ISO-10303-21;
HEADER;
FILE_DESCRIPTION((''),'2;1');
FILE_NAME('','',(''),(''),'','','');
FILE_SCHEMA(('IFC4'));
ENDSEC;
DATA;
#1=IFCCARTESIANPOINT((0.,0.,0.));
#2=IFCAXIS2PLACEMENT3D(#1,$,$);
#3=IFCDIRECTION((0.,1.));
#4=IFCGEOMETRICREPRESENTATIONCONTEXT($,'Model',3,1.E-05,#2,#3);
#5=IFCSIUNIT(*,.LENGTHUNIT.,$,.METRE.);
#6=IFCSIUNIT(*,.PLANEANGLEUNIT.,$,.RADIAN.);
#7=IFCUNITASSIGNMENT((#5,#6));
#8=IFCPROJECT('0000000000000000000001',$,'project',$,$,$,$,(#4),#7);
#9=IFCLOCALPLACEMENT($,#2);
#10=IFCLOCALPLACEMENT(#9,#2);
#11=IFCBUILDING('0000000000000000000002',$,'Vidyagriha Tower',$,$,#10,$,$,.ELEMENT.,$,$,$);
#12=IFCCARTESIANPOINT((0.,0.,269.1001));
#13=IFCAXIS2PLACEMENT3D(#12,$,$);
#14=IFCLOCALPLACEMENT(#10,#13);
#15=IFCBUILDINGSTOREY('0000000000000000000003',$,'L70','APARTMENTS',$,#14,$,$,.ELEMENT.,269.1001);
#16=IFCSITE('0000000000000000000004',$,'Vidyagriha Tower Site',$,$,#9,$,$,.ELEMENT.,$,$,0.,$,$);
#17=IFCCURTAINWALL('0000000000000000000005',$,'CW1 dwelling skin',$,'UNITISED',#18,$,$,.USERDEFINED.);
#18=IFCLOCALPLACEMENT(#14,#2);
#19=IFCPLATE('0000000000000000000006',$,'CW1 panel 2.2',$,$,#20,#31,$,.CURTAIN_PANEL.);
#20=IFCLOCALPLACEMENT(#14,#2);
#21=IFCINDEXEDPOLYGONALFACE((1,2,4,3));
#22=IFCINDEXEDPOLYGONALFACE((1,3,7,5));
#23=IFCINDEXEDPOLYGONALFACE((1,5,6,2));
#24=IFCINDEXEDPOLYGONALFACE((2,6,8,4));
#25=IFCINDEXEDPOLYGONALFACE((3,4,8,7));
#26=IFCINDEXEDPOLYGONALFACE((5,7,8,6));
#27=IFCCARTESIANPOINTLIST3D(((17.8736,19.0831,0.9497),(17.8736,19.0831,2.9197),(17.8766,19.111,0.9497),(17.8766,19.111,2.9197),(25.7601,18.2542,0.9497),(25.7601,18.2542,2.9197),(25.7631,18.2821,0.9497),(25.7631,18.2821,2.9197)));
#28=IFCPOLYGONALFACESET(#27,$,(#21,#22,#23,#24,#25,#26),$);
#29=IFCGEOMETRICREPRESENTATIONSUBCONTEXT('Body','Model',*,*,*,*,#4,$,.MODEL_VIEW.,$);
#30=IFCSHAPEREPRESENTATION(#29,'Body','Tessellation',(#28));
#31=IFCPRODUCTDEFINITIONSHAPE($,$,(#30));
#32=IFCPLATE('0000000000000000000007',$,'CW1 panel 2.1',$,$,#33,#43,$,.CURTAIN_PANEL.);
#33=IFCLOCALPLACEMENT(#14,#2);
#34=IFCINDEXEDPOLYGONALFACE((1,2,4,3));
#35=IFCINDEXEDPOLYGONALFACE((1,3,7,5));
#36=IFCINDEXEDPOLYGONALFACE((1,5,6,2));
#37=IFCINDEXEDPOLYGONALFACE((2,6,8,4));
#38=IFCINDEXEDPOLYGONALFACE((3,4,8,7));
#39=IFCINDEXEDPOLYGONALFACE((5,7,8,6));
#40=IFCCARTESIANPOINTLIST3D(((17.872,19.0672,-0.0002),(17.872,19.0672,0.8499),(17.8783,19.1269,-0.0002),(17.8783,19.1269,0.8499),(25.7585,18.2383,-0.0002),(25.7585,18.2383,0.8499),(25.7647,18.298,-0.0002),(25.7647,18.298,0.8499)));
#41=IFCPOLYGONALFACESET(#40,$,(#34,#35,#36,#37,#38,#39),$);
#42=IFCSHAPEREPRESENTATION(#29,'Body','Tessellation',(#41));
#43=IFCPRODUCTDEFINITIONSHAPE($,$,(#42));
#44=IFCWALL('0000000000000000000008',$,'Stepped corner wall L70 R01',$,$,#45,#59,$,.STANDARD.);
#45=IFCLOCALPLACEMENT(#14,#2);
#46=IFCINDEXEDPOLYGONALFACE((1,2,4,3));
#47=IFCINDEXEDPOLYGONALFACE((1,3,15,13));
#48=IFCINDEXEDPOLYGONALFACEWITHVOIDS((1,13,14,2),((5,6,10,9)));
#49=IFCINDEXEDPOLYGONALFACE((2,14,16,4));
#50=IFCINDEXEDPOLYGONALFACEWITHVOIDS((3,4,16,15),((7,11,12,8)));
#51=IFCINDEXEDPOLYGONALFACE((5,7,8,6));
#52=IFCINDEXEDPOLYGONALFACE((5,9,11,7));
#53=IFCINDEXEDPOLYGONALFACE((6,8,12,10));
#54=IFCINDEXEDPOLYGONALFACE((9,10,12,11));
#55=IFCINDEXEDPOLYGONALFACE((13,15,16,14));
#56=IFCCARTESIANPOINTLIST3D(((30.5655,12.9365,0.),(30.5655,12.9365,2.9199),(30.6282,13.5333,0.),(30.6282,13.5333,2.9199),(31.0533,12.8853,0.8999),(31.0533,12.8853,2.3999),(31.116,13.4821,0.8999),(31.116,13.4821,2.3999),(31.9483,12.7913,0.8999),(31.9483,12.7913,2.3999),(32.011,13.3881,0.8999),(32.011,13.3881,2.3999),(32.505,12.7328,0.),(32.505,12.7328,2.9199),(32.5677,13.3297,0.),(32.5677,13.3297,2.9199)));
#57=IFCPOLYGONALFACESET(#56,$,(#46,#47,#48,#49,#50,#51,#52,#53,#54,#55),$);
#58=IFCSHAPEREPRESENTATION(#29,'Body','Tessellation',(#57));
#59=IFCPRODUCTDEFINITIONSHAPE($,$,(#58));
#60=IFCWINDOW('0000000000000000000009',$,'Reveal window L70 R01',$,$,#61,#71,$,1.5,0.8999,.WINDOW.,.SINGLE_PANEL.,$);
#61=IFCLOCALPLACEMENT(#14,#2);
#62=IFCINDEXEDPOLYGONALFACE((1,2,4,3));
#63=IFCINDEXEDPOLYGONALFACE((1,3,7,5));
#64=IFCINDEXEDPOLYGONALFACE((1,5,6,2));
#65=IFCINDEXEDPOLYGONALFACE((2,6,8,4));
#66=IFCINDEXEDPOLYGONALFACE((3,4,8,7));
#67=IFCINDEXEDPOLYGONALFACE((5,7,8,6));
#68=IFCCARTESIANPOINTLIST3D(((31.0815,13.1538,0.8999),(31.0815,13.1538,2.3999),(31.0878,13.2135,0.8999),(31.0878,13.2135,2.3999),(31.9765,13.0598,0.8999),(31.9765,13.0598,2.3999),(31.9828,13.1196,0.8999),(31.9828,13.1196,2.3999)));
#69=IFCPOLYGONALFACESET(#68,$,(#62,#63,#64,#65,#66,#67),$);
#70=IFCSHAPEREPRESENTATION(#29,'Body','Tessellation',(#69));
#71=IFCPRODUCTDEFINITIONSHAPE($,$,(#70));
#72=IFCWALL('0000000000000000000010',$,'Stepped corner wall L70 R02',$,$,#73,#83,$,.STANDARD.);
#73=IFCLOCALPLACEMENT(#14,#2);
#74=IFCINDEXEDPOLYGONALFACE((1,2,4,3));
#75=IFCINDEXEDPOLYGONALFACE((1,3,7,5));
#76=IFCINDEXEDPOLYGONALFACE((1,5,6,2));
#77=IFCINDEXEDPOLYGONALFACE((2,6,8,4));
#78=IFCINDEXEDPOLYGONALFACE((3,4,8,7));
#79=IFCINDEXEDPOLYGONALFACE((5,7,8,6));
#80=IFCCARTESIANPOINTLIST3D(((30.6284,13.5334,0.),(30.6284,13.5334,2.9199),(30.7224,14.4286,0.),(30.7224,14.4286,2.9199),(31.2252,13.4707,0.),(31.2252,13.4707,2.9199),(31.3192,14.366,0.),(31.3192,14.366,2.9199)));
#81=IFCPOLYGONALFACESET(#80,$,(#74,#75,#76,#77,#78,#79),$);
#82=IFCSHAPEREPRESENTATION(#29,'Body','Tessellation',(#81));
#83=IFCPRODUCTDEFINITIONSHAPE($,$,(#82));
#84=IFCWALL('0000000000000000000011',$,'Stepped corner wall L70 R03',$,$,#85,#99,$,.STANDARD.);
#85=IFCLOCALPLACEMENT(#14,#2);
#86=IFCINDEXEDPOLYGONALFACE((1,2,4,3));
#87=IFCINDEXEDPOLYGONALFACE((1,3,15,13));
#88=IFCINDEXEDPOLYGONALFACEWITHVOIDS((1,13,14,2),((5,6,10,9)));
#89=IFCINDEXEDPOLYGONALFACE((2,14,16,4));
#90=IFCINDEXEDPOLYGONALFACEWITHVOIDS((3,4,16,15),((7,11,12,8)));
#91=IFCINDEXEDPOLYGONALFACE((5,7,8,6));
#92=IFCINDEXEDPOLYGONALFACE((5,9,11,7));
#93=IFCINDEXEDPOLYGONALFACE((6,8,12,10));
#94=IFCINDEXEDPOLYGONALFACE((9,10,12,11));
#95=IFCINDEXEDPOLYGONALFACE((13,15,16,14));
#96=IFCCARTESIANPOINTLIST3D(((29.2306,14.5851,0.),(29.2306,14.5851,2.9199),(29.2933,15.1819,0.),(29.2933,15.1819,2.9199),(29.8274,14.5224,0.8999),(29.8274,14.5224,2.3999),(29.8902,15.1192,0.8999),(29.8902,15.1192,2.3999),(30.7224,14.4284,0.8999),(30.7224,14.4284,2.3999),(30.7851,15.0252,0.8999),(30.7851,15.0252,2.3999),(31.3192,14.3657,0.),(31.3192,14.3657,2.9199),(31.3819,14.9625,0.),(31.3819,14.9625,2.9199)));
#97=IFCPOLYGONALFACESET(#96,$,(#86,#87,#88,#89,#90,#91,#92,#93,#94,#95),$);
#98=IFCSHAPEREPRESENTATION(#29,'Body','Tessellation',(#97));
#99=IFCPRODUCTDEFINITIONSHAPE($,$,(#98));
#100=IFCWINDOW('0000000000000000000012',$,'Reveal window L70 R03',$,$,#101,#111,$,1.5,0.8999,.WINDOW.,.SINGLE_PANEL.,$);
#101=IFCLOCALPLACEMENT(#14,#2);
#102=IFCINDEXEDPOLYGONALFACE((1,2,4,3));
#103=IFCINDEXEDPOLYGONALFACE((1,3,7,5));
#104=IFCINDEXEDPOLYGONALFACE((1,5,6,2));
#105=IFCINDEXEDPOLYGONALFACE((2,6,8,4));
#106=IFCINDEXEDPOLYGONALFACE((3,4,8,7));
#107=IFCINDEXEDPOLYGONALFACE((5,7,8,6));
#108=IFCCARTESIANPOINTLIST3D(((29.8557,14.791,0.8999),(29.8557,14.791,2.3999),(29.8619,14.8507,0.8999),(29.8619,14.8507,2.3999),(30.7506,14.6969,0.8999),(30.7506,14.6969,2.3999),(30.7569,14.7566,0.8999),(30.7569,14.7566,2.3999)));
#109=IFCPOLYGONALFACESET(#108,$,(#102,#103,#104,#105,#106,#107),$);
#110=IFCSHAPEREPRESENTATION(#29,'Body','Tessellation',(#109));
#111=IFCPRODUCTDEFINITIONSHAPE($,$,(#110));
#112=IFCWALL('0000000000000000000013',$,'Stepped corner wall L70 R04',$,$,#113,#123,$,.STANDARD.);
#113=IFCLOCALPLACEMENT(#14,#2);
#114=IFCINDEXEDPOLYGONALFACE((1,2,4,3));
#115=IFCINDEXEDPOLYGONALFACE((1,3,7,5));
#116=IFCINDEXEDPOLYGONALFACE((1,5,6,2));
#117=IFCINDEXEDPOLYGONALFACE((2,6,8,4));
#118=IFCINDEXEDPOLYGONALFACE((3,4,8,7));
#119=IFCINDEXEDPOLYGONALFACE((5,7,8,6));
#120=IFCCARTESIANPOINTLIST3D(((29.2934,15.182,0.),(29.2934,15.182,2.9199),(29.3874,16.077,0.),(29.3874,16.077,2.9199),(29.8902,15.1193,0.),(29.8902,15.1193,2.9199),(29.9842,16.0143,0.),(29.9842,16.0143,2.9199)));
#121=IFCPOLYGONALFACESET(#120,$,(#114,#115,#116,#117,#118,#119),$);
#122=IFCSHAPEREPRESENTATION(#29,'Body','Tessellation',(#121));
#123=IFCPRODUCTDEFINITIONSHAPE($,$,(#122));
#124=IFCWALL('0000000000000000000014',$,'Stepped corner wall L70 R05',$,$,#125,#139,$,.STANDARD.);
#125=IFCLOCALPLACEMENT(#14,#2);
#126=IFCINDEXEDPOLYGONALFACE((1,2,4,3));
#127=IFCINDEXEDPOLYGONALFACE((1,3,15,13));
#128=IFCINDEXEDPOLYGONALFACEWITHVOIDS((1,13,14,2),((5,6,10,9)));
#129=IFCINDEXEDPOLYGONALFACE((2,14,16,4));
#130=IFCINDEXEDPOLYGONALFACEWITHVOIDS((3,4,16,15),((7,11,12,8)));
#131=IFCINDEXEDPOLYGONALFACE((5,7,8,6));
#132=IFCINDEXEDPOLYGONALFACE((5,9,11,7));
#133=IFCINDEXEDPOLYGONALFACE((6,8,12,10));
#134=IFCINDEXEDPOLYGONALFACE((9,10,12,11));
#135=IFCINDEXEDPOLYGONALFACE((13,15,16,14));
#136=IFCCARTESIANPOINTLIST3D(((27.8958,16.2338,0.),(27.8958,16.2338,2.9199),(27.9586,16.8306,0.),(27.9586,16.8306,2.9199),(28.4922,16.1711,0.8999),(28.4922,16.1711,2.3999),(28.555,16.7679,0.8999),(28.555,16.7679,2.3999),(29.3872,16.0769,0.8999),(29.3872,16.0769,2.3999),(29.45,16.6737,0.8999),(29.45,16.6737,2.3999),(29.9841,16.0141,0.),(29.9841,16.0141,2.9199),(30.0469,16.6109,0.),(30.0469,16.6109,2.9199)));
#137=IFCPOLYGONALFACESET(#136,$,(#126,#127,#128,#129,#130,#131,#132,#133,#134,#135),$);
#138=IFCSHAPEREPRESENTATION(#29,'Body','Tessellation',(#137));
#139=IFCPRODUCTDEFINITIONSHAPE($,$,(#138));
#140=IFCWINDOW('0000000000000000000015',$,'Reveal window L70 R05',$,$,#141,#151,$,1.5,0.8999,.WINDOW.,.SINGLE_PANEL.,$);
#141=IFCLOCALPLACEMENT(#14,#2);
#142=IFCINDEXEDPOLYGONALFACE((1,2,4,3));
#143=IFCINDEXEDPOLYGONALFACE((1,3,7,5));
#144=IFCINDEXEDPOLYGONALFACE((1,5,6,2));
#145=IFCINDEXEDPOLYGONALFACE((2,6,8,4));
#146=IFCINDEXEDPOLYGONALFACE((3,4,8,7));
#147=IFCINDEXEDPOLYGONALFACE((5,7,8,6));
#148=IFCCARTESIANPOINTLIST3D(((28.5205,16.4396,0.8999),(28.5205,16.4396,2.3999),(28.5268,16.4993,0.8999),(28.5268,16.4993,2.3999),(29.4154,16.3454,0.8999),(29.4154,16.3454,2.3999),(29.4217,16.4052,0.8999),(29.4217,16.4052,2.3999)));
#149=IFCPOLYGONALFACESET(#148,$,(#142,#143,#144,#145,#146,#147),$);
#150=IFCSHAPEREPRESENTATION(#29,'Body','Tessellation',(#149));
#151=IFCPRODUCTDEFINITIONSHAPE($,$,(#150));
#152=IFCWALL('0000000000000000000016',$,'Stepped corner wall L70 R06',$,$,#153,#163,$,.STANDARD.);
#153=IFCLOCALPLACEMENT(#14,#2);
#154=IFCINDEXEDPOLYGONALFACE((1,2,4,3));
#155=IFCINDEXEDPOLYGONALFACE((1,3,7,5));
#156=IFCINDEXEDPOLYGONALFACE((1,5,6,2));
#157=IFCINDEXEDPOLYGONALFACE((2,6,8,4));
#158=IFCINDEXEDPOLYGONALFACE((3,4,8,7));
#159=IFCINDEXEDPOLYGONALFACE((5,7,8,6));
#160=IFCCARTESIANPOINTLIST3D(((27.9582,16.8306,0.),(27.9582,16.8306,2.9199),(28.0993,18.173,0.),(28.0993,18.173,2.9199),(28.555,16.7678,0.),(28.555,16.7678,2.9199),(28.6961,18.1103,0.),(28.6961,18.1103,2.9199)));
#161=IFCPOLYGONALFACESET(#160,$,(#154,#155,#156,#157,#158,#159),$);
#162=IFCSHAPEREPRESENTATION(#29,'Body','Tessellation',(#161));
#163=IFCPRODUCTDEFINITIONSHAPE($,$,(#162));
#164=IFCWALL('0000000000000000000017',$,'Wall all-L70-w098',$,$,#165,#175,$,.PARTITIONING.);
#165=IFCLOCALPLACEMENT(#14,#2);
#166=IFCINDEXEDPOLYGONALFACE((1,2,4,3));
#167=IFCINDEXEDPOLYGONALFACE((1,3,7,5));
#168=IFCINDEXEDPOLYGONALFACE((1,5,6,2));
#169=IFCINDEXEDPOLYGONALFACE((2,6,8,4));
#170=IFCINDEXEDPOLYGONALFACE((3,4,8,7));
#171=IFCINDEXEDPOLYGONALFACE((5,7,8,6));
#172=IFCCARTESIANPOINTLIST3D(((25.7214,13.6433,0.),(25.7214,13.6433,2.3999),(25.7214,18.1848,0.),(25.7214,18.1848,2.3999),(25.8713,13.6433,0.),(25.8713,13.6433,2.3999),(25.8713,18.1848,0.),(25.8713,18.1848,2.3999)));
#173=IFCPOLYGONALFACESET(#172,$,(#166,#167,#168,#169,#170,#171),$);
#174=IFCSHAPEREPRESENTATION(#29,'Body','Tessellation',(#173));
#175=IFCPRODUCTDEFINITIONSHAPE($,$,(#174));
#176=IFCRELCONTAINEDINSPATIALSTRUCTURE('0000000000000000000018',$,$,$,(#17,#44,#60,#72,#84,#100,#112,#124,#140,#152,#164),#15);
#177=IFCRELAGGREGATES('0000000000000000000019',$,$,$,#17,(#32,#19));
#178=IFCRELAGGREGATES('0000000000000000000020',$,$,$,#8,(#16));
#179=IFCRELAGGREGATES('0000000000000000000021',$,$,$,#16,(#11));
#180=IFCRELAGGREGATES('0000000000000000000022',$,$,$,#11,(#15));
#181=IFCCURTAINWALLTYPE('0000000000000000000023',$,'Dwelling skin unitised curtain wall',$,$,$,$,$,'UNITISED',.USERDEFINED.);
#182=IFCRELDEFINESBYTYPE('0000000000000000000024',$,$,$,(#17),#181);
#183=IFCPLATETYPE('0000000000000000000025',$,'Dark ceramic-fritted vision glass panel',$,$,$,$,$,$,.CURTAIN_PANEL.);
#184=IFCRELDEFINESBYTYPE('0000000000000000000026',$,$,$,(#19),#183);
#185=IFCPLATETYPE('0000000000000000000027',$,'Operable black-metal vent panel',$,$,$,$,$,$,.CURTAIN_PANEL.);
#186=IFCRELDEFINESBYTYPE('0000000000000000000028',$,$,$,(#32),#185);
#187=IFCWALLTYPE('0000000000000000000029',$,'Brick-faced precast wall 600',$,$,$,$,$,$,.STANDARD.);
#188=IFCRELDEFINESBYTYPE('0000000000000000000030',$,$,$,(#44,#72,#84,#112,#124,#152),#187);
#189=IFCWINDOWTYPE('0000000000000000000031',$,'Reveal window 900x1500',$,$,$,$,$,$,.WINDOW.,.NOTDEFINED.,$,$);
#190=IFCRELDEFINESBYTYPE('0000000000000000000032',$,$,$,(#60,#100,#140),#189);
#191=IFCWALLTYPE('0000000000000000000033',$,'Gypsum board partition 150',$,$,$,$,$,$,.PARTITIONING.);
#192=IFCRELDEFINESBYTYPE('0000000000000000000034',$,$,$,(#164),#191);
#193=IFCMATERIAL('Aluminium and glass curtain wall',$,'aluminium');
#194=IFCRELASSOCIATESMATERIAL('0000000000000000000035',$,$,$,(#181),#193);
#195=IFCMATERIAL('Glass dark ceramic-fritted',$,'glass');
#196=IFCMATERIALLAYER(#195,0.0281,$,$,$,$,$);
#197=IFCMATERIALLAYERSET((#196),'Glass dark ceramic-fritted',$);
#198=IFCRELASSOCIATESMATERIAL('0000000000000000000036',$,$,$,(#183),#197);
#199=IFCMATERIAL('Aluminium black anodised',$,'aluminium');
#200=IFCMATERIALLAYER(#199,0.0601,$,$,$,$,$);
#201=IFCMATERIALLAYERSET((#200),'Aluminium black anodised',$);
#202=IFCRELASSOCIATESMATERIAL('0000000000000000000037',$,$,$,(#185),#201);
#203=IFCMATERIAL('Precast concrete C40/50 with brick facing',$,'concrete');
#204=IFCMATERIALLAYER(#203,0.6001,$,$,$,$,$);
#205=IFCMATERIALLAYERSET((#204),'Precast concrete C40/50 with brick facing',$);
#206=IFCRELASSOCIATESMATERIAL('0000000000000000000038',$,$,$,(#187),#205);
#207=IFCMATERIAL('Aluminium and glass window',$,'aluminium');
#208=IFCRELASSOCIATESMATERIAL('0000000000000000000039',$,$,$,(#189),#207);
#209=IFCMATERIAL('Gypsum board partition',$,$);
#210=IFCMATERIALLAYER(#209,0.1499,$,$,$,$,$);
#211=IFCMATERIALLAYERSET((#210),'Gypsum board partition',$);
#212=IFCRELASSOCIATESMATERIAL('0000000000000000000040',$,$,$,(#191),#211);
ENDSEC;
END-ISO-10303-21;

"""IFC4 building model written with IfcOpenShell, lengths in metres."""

from ifc_helpers import new_model, si_unit, direction, frame, frame_2d, origin, origin_2d, place, context, subcontext, project, spatial, rectangle, extrude, material, layer, layer_set, type_object, element, fill, aggregate, save


model = new_model("IFC4")

# Units and contexts
model_context = context("Model", 3, precision=1e-05, world=origin(), true_north=direction((0.0, 1.0)))
body_context = subcontext(model_context, "Body", "Model", "MODEL_VIEW")
ifc_project = project(units=[si_unit("LENGTHUNIT", "METRE"), si_unit("PLANEANGLEUNIT", "RADIAN")], contexts=[model_context])

# Site, building, storey
site_placement = place(None, origin())
site = spatial("IfcSite", under=ifc_project, at=site_placement, Name="Vidyagriha Tower Site", CompositionType="ELEMENT", RefElevation=0.0)
building_placement = place(site_placement, origin())
building = spatial("IfcBuilding", under=site, at=building_placement, Name="Vidyagriha Tower", CompositionType="ELEMENT")
storey_placement = place(building_placement, frame((0.0, 0.0, 269.1001)))
storey = spatial("IfcBuildingStorey", under=building, at=storey_placement, Name="L70", Description="APARTMENTS", CompositionType="ELEMENT", Elevation=269.1001)

# Curtain wall
ifc_material_1 = material(Name="Aluminium and glass curtain wall", Category="aluminium")
curtain_wall_type = type_object("IfcCurtainWallType", Name="Dwelling skin unitised curtain wall", ElementType="UNITISED", PredefinedType="USERDEFINED", material=ifc_material_1)
curtain_wall_1_placement = place(storey_placement, origin())
curtain_wall_1 = element("IfcCurtainWall", 1, at=curtain_wall_1_placement, inside=storey, type_object=curtain_wall_type, Name="CW1 dwelling skin", ObjectType="UNITISED", PredefinedType="USERDEFINED")

# Plates
ifc_material_2 = material(Name="Glass dark ceramic-fritted", Category="glass")
ifc_layer_1 = layer(ifc_material_2, 0.0281)
ifc_layer_set_1 = layer_set([ifc_layer_1], Name="Glass dark ceramic-fritted")
plate_type_1 = type_object("IfcPlateType", Name="Dark ceramic-fritted vision glass panel", PredefinedType="CURTAIN_PANEL", material=ifc_layer_set_1)
plate_1_placement = place(storey_placement, frame((21.8184, 18.6826, 0.9497), z_axis=(0.0, 0.0, 1.0), x_axis=(-0.994522, 0.104529, 0.0)))
plate_1 = element("IfcPlate", 2, at=plate_1_placement, type_object=plate_type_1, Name="CW1 panel 2.2", PredefinedType="CURTAIN_PANEL", context=body_context, shape_type="SweptSolid", body=[
    extrude(rectangle(XDim=7.9299, YDim=0.0281, at=origin_2d()), origin(), (0.0, 0.0, 1.0), 1.97),
])
ifc_material_3 = material(Name="Aluminium black anodised", Category="aluminium")
ifc_layer_2 = layer(ifc_material_3, 0.0601)
ifc_layer_set_2 = layer_set([ifc_layer_2], Name="Aluminium black anodised")
plate_type_2 = type_object("IfcPlateType", Name="Operable black-metal vent panel", PredefinedType="CURTAIN_PANEL", material=ifc_layer_set_2)
plate_2_placement = place(storey_placement, frame((21.8184, 18.6826, -0.0002), z_axis=(0.0, 0.0, 1.0), x_axis=(-0.994522, 0.104529, 0.0)))
plate_2 = element("IfcPlate", 3, at=plate_2_placement, type_object=plate_type_2, Name="CW1 panel 2.1", PredefinedType="CURTAIN_PANEL", context=body_context, shape_type="SweptSolid", body=[
    extrude(rectangle(XDim=7.9299, YDim=0.0601, at=origin_2d()), origin(), (0.0, 0.0, 1.0), 0.8501),
])
aggregate(curtain_wall_1, [plate_2, plate_1])

# Wall, opening, window
ifc_material_4 = material(Name="Precast concrete C40/50 with brick facing", Category="concrete")
ifc_layer_3 = layer(ifc_material_4, 0.6001)
ifc_layer_set_3 = layer_set([ifc_layer_3], Name="Precast concrete C40/50 with brick facing")
wall_type_1 = type_object("IfcWallType", Name="Brick-faced precast wall 600", PredefinedType="STANDARD", material=ifc_layer_set_3)
wall_1_placement = place(storey_placement, frame((32.5364, 13.0312, 0.0), z_axis=(0.0, 0.0, 1.0), x_axis=(-0.994534, 0.104411, 0.0)))
wall_1 = element("IfcWall", 4, at=wall_1_placement, inside=storey, type_object=wall_type_1, Name="Stepped corner wall L70 R01", PredefinedType="STANDARD", context=body_context, shape_type="SweptSolid", body=[
    extrude(rectangle(XDim=1.9502, YDim=0.6001, at=frame_2d((0.9751, 0.0))), origin(), (0.0, 0.0, 1.0), 2.9199),
])
opening_1_placement = place(wall_1_placement, frame((0.5598, 0.0, 0.8999)))
opening_1 = element("IfcOpeningElement", 5, at=opening_1_placement, cuts=wall_1, PredefinedType="OPENING", context=body_context, shape_type="SweptSolid", body=[
    extrude(rectangle(XDim=0.8999, YDim=1.5, at=frame_2d((0.45, 0.75))), frame((0.0, 0.3101, 0.0), z_axis=(0.0, -1.0, 0.0), x_axis=(1.0, 0.0, 0.0)), (0.0, 0.0, 1.0), 0.6201),
])
ifc_material_5 = material(Name="Aluminium and glass window", Category="aluminium")
window_type = type_object("IfcWindowType", Name="Reveal window 900x1500", PartitioningType="NOTDEFINED", PredefinedType="WINDOW", material=ifc_material_5)
window_1_placement = place(opening_1_placement, origin())
window_1 = element("IfcWindow", 6, at=window_1_placement, inside=storey, type_object=window_type, Name="Reveal window L70 R01", OverallHeight=1.5, OverallWidth=0.8999, PartitioningType="SINGLE_PANEL", PredefinedType="WINDOW", context=body_context, shape_type="SweptSolid", body=[
    extrude(rectangle(XDim=0.8999, YDim=1.5, at=frame_2d((0.45, 0.75))), frame((0.0, 0.03, 0.0), z_axis=(0.0, -1.0, 0.0), x_axis=(1.0, 0.0, 0.0)), (0.0, 0.0, 1.0), 0.0601),
])
fill(opening_1, window_1)

# Wall
wall_2_placement = place(storey_placement, frame((30.9268, 13.502, 0.0), z_axis=(0.0, 0.0, 1.0), x_axis=(0.104417, 0.994534, 0.0)))
element("IfcWall", 7, at=wall_2_placement, inside=storey, type_object=wall_type_1, Name="Stepped corner wall L70 R02", PredefinedType="STANDARD", context=body_context, shape_type="SweptSolid", body=[
    extrude(rectangle(XDim=0.9001, YDim=0.6001, at=frame_2d((0.4502, 0.0))), origin(), (0.0, 0.0, 1.0), 2.9199),
])

# Wall, opening, window
wall_3_placement = place(storey_placement, frame((31.3506, 14.6641, 0.0), z_axis=(0.0, 0.0, 1.0), x_axis=(-0.994524, 0.104509, 0.0)))
wall_3 = element("IfcWall", 8, at=wall_3_placement, inside=storey, type_object=wall_type_1, Name="Stepped corner wall L70 R03", PredefinedType="STANDARD", context=body_context, shape_type="SweptSolid", body=[
    extrude(rectangle(XDim=2.1001, YDim=0.6001, at=frame_2d((1.05, 0.0))), origin(), (0.0, 0.0, 1.0), 2.9199),
])
opening_2_placement = place(wall_3_placement, frame((0.6001, 0.0, 0.8999)))
opening_2 = element("IfcOpeningElement", 9, at=opening_2_placement, cuts=wall_3, PredefinedType="OPENING", context=body_context, shape_type="SweptSolid", body=[
    extrude(rectangle(XDim=0.8999, YDim=1.5, at=frame_2d((0.45, 0.75))), frame((0.0, 0.3101, 0.0), z_axis=(0.0, -1.0, 0.0), x_axis=(1.0, 0.0, 0.0)), (0.0, 0.0, 1.0), 0.6201),
])
window_2_placement = place(opening_2_placement, origin())
window_2 = element("IfcWindow", 10, at=window_2_placement, inside=storey, type_object=window_type, Name="Reveal window L70 R03", OverallHeight=1.5, OverallWidth=0.8999, PartitioningType="SINGLE_PANEL", PredefinedType="WINDOW", context=body_context, shape_type="SweptSolid", body=[
    extrude(rectangle(XDim=0.8999, YDim=1.5, at=frame_2d((0.45, 0.75))), frame((0.0, 0.03, 0.0), z_axis=(0.0, -1.0, 0.0), x_axis=(1.0, 0.0, 0.0)), (0.0, 0.0, 1.0), 0.0601),
])
fill(opening_2, window_2)

# Wall
wall_4_placement = place(storey_placement, frame((29.5918, 15.1506, 0.0), z_axis=(0.0, 0.0, 1.0), x_axis=(0.104445, 0.994531, 0.0)))
element("IfcWall", 11, at=wall_4_placement, inside=storey, type_object=wall_type_1, Name="Stepped corner wall L70 R04", PredefinedType="STANDARD", context=body_context, shape_type="SweptSolid", body=[
    extrude(rectangle(XDim=0.8999, YDim=0.6001, at=frame_2d((0.45, 0.0))), origin(), (0.0, 0.0, 1.0), 2.9199),
])

# Wall, opening, window
wall_5_placement = place(storey_placement, frame((30.0154, 16.3125, 0.0), z_axis=(0.0, 0.0, 1.0), x_axis=(-0.994511, 0.104636, 0.0)))
wall_5 = element("IfcWall", 12, at=wall_5_placement, inside=storey, type_object=wall_type_1, Name="Stepped corner wall L70 R05", PredefinedType="STANDARD", context=body_context, shape_type="SweptSolid", body=[
    extrude(rectangle(XDim=2.0999, YDim=0.6001, at=frame_2d((1.0498, 0.0))), origin(), (0.0, 0.0, 1.0), 2.9199),
])
opening_3_placement = place(wall_5_placement, frame((0.6001, 0.0, 0.8999)))
opening_3 = element("IfcOpeningElement", 13, at=opening_3_placement, cuts=wall_5, PredefinedType="OPENING", context=body_context, shape_type="SweptSolid", body=[
    extrude(rectangle(XDim=0.8999, YDim=1.5, at=frame_2d((0.45, 0.75))), frame((0.0, 0.3101, 0.0), z_axis=(0.0, -1.0, 0.0), x_axis=(1.0, 0.0, 0.0)), (0.0, 0.0, 1.0), 0.6201),
])
window_3_placement = place(opening_3_placement, origin())
window_3 = element("IfcWindow", 14, at=window_3_placement, inside=storey, type_object=window_type, Name="Reveal window L70 R05", OverallHeight=1.5, OverallWidth=0.8999, PartitioningType="SINGLE_PANEL", PredefinedType="WINDOW", context=body_context, shape_type="SweptSolid", body=[
    extrude(rectangle(XDim=0.8999, YDim=1.5, at=frame_2d((0.45, 0.75))), frame((0.0, 0.03, 0.0), z_axis=(0.0, -1.0, 0.0), x_axis=(1.0, 0.0, 0.0)), (0.0, 0.0, 1.0), 0.0601),
])
fill(opening_3, window_3)

# Walls
wall_6_placement = place(storey_placement, frame((28.2566, 16.7993, 0.0), z_axis=(0.0, 0.0, 1.0), x_axis=(0.104534, 0.994521, 0.0)))
element("IfcWall", 15, at=wall_6_placement, inside=storey, type_object=wall_type_1, Name="Stepped corner wall L70 R06", PredefinedType="STANDARD", context=body_context, shape_type="SweptSolid", body=[
    extrude(rectangle(XDim=1.3499, YDim=0.6001, at=frame_2d((0.6748, 0.0))), origin(), (0.0, 0.0, 1.0), 2.9199),
])
ifc_material_6 = material(Name="Gypsum board partition")
ifc_layer_4 = layer(ifc_material_6, 0.1499)
ifc_layer_set_4 = layer_set([ifc_layer_4], Name="Gypsum board partition")
wall_type_2 = type_object("IfcWallType", Name="Gypsum board partition 150", PredefinedType="PARTITIONING", material=ifc_layer_set_4)
wall_7_placement = place(storey_placement, frame((25.7964, 18.1848, 0.0), z_axis=(0.0, 0.0, 1.0), x_axis=(0.0, -1.0, 0.0)))
element("IfcWall", 16, at=wall_7_placement, inside=storey, type_object=wall_type_2, Name="Wall all-L70-w098", PredefinedType="PARTITIONING", context=body_context, shape_type="SweptSolid", body=[
    extrude(rectangle(XDim=4.5415, YDim=0.1499, at=frame_2d((2.2708, 0.0))), origin(), (0.0, 0.0, 1.0), 2.3999),
])

save(model, "model.ifc")
